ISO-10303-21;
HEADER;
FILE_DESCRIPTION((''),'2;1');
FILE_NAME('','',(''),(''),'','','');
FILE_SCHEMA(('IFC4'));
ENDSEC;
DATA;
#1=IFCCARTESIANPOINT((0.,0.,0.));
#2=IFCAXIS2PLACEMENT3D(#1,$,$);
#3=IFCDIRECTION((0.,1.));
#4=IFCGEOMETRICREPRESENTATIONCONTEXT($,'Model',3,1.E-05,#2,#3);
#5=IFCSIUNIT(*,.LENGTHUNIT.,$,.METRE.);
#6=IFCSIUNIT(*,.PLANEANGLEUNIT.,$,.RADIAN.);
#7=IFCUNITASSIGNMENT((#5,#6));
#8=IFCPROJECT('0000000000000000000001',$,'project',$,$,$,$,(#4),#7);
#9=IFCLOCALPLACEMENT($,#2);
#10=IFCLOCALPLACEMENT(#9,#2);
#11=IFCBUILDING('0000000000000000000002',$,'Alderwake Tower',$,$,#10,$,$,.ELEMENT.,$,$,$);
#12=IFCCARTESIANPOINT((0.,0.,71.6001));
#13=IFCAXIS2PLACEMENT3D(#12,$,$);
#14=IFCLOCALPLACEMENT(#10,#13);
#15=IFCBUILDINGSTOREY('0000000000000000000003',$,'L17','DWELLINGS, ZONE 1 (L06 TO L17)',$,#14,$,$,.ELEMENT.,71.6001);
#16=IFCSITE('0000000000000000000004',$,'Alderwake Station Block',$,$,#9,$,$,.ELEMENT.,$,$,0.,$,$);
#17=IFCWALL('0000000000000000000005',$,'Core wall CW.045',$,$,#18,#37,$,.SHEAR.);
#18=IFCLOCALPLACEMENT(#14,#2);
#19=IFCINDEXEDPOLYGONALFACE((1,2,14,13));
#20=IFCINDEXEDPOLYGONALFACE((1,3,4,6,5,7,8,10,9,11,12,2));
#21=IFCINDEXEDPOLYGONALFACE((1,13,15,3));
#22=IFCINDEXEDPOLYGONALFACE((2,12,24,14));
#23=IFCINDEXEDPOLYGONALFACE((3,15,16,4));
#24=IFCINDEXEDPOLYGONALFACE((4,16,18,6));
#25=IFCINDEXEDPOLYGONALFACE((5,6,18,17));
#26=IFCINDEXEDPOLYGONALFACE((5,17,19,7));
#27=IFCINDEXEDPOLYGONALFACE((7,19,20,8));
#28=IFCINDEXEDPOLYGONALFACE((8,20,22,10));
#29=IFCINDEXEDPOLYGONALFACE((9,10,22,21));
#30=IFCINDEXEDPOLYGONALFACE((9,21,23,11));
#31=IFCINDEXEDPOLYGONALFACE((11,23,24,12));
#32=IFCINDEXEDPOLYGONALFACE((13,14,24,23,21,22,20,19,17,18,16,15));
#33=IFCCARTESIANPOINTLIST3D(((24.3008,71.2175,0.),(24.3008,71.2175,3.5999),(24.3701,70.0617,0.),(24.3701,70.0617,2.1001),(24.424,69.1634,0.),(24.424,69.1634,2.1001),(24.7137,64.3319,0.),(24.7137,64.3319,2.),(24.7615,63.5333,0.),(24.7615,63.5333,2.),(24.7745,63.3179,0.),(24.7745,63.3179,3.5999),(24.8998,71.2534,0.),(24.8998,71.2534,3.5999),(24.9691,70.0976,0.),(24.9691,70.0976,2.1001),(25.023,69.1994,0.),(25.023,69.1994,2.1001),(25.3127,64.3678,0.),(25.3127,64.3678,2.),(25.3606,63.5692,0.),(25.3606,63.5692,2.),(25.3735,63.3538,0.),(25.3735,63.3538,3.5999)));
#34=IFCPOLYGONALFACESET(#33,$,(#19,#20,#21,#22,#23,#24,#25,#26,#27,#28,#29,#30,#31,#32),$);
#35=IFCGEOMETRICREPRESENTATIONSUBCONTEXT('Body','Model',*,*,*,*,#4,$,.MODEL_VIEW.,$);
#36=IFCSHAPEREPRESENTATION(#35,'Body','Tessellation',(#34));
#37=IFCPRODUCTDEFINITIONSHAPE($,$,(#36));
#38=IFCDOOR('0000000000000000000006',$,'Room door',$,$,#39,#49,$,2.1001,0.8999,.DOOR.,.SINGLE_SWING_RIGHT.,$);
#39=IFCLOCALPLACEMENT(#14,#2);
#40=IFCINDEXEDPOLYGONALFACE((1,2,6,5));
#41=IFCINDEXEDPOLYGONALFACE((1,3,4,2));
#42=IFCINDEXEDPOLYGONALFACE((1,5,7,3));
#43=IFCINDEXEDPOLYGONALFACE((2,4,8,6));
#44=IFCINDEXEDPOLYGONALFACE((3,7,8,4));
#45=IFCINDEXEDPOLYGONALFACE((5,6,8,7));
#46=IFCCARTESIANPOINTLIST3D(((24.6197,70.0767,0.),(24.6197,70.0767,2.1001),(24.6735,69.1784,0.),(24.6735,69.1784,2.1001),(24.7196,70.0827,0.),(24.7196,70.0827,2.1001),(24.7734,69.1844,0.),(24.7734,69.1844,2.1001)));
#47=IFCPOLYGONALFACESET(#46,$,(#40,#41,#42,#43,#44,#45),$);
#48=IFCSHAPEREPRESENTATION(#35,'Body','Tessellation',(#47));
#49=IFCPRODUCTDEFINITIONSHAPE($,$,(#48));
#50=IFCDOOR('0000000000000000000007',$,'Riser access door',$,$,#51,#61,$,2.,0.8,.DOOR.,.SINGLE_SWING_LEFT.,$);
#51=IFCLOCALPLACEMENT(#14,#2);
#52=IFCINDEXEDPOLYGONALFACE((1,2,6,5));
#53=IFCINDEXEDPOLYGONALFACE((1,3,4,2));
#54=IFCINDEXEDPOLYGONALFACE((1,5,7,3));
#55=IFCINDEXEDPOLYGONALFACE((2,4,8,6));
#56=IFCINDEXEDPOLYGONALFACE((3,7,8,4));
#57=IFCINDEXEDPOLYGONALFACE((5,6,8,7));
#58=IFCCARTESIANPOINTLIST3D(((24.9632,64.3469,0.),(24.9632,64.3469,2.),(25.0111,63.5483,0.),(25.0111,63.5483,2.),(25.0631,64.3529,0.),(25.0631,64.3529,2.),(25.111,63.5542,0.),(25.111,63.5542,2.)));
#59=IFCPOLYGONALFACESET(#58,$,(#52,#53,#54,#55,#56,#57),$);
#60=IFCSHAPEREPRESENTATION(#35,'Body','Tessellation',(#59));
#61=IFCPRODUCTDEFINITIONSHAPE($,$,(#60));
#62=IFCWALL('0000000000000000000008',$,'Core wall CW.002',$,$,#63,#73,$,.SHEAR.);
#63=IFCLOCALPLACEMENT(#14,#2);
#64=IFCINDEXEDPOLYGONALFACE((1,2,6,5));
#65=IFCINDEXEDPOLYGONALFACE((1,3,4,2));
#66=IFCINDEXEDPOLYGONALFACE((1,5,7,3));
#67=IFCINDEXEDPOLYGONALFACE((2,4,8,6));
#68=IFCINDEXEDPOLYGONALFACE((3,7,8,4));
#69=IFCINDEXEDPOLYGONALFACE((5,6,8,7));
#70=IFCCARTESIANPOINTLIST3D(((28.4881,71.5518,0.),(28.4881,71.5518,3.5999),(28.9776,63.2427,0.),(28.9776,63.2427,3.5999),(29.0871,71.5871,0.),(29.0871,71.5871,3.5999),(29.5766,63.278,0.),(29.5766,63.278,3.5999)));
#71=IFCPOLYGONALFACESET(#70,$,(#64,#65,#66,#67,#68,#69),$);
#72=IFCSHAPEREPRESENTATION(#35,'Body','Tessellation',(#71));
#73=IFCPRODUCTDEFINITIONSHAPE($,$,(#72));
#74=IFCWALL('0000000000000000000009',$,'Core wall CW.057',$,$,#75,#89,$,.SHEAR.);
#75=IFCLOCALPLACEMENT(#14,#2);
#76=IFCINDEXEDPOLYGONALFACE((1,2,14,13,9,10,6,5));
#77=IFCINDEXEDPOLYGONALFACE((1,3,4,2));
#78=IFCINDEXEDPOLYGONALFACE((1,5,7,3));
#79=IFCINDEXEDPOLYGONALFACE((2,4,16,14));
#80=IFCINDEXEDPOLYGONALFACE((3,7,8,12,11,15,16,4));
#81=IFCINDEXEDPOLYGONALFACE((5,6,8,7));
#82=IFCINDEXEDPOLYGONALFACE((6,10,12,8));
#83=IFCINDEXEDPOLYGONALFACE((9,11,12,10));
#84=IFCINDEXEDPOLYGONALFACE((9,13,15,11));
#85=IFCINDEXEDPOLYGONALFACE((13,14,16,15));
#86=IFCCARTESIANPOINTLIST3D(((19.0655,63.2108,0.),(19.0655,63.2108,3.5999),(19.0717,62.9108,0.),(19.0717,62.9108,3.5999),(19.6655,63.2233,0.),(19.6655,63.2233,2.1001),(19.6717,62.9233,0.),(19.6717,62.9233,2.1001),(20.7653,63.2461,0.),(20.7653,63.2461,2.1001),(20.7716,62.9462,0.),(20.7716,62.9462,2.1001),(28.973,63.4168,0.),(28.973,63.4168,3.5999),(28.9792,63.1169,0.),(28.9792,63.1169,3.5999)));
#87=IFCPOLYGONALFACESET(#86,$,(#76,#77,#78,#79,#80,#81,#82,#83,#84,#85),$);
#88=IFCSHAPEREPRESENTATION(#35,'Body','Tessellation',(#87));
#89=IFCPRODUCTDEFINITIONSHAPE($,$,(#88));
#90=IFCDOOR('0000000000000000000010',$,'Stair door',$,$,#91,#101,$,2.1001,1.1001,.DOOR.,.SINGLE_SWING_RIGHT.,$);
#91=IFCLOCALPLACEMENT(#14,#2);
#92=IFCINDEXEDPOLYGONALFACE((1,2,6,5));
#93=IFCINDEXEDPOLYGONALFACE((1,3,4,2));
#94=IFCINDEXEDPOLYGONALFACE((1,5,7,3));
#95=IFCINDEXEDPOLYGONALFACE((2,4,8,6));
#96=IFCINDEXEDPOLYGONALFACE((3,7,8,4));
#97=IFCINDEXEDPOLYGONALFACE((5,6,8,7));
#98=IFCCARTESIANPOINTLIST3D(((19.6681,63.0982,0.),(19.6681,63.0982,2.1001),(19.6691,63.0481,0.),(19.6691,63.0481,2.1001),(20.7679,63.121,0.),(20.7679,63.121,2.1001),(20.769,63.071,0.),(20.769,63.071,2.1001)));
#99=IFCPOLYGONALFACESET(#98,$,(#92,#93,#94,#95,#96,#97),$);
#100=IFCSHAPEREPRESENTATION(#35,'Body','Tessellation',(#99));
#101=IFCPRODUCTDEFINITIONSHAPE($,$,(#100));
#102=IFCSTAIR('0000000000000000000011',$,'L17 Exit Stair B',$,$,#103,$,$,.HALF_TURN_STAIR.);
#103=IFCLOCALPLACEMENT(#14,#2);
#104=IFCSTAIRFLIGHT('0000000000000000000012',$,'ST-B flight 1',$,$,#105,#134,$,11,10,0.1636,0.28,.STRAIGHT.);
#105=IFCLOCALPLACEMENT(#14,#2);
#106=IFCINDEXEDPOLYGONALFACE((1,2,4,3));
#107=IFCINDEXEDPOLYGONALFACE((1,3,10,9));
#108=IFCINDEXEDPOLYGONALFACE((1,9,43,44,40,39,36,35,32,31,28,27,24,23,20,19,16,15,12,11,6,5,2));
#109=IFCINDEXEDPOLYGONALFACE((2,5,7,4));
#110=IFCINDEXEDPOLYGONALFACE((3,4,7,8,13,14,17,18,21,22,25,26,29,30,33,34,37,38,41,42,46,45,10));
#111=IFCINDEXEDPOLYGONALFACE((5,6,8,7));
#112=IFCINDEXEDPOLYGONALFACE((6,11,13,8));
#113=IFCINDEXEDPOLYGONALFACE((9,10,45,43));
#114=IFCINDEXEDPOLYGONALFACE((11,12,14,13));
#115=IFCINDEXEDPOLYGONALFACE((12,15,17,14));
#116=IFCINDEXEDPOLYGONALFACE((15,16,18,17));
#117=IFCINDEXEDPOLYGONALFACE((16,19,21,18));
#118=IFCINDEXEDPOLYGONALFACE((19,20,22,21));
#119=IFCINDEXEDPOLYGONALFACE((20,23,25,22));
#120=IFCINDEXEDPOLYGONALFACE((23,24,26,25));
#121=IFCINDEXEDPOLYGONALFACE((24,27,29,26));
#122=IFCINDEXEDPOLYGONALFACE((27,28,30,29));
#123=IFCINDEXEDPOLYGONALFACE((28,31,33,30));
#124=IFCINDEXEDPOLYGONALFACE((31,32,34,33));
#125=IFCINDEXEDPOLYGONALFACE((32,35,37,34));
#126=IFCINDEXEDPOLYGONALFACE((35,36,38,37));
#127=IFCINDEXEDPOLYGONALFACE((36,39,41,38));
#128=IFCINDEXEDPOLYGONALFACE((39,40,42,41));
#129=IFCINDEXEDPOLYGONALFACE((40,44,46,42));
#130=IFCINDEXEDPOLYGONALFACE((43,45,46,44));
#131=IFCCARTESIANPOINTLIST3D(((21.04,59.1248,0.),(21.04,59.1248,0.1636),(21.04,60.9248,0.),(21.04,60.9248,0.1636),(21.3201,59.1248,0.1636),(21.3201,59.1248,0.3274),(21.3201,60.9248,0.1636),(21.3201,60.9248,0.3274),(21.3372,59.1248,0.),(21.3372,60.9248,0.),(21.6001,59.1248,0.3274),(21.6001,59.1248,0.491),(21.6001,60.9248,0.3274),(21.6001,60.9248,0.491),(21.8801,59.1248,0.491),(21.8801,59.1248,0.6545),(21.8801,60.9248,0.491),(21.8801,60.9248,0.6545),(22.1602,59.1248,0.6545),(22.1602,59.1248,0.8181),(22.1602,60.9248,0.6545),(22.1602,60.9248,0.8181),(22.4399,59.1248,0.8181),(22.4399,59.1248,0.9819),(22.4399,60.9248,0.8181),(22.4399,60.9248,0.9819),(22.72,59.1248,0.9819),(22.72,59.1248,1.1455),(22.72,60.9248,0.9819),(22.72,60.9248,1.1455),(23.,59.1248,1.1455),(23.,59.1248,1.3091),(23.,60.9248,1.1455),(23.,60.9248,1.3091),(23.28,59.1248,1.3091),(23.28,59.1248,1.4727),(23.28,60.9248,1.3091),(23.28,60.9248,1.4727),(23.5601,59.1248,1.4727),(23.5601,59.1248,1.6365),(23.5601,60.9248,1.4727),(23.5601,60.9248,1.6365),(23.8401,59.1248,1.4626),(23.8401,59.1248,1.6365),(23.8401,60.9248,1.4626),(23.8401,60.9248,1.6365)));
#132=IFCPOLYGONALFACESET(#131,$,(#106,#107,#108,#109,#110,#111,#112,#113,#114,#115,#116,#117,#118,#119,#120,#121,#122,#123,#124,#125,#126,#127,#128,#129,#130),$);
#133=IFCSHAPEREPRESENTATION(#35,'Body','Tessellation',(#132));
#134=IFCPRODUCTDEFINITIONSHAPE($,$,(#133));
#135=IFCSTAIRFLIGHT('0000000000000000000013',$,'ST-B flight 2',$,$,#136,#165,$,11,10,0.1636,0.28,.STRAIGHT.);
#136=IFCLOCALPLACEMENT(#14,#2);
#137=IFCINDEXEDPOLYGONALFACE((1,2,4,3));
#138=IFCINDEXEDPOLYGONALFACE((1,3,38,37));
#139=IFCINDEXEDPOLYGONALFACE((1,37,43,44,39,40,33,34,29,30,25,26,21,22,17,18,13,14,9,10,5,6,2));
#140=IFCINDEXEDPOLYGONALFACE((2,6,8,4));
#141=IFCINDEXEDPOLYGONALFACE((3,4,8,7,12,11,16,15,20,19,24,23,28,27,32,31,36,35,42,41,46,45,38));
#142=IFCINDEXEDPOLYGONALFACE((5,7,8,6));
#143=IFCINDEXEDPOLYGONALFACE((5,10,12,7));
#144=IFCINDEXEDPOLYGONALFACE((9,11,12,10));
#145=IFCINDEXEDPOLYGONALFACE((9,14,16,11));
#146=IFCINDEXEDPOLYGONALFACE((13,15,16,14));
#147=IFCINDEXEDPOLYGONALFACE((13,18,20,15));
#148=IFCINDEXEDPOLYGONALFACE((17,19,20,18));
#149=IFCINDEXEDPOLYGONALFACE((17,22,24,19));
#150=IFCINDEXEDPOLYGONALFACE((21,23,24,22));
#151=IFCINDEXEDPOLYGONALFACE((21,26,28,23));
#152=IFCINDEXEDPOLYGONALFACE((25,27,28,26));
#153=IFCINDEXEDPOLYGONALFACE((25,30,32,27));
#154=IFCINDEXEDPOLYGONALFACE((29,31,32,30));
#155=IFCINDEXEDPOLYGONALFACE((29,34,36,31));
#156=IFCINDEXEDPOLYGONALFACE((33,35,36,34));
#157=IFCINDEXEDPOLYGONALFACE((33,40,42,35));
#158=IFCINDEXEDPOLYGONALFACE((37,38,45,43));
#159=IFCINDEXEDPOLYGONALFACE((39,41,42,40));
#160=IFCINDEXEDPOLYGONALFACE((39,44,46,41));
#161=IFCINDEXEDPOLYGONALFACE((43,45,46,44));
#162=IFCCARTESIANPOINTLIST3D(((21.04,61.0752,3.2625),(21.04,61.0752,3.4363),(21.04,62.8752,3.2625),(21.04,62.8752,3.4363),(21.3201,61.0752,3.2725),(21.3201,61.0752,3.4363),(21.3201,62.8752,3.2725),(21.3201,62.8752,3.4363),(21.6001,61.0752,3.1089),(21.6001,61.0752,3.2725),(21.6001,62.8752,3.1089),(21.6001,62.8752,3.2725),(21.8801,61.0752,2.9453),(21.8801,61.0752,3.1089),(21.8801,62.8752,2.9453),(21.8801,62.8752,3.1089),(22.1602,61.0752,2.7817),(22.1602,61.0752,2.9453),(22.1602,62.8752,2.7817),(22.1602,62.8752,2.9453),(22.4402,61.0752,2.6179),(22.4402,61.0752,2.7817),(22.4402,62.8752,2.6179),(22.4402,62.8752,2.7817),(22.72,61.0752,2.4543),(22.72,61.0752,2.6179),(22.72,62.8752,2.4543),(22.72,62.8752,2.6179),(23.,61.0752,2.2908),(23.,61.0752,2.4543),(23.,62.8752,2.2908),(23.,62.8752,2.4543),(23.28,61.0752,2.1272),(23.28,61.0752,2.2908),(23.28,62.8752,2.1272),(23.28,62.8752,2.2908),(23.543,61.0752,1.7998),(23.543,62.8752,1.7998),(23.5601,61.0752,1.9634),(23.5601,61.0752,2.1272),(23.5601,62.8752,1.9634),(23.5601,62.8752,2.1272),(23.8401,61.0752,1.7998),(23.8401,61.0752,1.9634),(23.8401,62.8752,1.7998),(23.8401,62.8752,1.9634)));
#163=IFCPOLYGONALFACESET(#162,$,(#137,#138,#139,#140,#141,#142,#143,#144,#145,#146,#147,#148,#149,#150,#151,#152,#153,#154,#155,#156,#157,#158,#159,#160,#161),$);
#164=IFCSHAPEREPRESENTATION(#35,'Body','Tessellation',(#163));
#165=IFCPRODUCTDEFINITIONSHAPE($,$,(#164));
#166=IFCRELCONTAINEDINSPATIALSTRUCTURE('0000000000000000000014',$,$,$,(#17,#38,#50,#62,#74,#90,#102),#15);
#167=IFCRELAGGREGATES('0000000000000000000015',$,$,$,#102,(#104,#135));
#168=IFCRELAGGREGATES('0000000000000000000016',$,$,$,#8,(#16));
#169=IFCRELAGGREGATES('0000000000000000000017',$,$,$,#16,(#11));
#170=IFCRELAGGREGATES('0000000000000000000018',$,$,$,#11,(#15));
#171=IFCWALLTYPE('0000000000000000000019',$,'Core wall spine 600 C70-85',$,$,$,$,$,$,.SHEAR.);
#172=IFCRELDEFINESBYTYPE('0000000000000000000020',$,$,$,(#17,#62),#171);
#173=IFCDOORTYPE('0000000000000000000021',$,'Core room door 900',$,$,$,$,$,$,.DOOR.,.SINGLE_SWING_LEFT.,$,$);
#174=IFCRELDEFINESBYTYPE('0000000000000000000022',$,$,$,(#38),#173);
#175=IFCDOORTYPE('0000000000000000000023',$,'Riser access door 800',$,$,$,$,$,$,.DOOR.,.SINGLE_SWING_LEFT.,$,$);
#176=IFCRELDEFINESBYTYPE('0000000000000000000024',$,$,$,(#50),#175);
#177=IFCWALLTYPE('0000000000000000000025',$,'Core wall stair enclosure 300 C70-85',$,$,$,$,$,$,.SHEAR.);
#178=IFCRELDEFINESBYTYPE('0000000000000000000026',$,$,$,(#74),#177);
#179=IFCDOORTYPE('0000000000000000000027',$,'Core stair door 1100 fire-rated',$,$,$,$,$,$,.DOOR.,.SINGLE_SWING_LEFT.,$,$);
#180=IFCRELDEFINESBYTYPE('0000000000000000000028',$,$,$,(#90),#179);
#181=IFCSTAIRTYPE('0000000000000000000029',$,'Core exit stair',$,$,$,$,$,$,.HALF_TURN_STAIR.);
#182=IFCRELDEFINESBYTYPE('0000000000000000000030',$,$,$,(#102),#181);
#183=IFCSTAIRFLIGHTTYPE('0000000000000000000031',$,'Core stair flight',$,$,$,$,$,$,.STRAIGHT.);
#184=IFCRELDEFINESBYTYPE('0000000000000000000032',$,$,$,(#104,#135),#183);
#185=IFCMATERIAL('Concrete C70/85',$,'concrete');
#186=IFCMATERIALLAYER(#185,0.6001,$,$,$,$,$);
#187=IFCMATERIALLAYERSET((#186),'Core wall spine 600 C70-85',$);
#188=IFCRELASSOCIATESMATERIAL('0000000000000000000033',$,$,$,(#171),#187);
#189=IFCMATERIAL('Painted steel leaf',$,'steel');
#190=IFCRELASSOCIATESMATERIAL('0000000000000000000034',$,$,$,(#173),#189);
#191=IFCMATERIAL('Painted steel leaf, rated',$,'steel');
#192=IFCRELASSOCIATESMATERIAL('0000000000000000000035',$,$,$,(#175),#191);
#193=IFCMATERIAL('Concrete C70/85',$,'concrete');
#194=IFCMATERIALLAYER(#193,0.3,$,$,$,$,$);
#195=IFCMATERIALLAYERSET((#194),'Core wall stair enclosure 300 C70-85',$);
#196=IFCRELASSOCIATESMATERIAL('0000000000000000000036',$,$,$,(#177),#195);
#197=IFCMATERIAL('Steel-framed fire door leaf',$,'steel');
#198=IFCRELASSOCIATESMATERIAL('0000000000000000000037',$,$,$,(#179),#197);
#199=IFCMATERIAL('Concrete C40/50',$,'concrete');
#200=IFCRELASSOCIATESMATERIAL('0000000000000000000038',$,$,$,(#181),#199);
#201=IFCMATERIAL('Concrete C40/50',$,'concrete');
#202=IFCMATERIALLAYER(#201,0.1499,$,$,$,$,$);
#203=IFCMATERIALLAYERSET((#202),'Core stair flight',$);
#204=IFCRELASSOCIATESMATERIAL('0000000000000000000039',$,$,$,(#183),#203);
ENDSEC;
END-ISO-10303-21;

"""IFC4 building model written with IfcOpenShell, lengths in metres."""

from ifc_helpers import new_model, si_unit, direction, frame, frame_2d, origin, place, context, subcontext, project, spatial, polyline, rectangle, outline, extrude, material, layer, layer_set, type_object, element, fill, aggregate, save


model = new_model("IFC4")

# Units and contexts
model_context = context("Model", 3, precision=1e-05, world=origin(), true_north=direction((0.0, 1.0)))
body_context = subcontext(model_context, "Body", "Model", "MODEL_VIEW")
ifc_project = project(units=[si_unit("LENGTHUNIT", "METRE"), si_unit("PLANEANGLEUNIT", "RADIAN")], contexts=[model_context])

# Site, building, storey
site_placement = place(None, origin())
site = spatial("IfcSite", under=ifc_project, at=site_placement, Name="Alderwake Station Block", CompositionType="ELEMENT", RefElevation=0.0)
building_placement = place(site_placement, origin())
building = spatial("IfcBuilding", under=site, at=building_placement, Name="Alderwake Tower", CompositionType="ELEMENT")
storey_placement = place(building_placement, frame((0.0, 0.0, 71.6001)))
storey = spatial("IfcBuildingStorey", under=building, at=storey_placement, Name="L17", Description="DWELLINGS, ZONE 1 (L06 TO L17)", CompositionType="ELEMENT", Elevation=71.6001)

# Shared definitions
ifc_material_1 = material(Name="Concrete C70/85", Category="concrete")
ifc_layer_1 = layer(ifc_material_1, 0.6001)
ifc_layer_set_1 = layer_set([ifc_layer_1], Name="Core wall spine 600 C70-85")
wall_type_1 = type_object("IfcWallType", Name="Core wall spine 600 C70-85", PredefinedType="SHEAR", material=ifc_layer_set_1)

# Wall, openings, doors
wall_1_placement = place(storey_placement, frame((25.074, 63.3357, 0.0), z_axis=(0.0, 0.0, 1.0), x_axis=(-0.059849, 0.998207, 0.0)))
wall_1 = element("IfcWall", 1, at=wall_1_placement, inside=storey, type_object=wall_type_1, Name="Core wall CW.045", PredefinedType="SHEAR", context=body_context, shape_type="SweptSolid", body=[
    extrude(rectangle(XDim=7.9138, YDim=0.6001, at=frame_2d((3.957, 0.0))), origin(), (0.0, 0.0, 1.0), 3.5999),
])
opening_1_placement = place(wall_1_placement, frame((0.2161, 0.0, 0.0)))
opening_1 = element("IfcOpeningElement", 2, at=opening_1_placement, cuts=wall_1, PredefinedType="OPENING", context=body_context, shape_type="SweptSolid", body=[
    extrude(rectangle(XDim=0.8, YDim=2.0, at=frame_2d((0.3999, 1.0))), frame((0.0, 0.3101, 0.0), z_axis=(0.0, -1.0, 0.0), x_axis=(1.0, 0.0, 0.0)), (0.0, 0.0, 1.0), 0.6201),
])
opening_2_placement = place(wall_1_placement, frame((5.8562, 0.0, 0.0)))
opening_2 = element("IfcOpeningElement", 3, at=opening_2_placement, cuts=wall_1, PredefinedType="OPENING", context=body_context, shape_type="SweptSolid", body=[
    extrude(rectangle(XDim=0.8999, YDim=2.1001, at=frame_2d((0.45, 1.05))), frame((0.0, 0.3101, 0.0), z_axis=(0.0, -1.0, 0.0), x_axis=(1.0, 0.0, 0.0)), (0.0, 0.0, 1.0), 0.6201),
])
ifc_material_2 = material(Name="Painted steel leaf", Category="steel")
door_type_1 = type_object("IfcDoorType", Name="Core room door 900", OperationType="SINGLE_SWING_LEFT", PredefinedType="DOOR", material=ifc_material_2)
door_1_placement = place(opening_2_placement, origin())
door_1 = element("IfcDoor", 4, at=door_1_placement, inside=storey, type_object=door_type_1, Name="Room door", OperationType="SINGLE_SWING_RIGHT", OverallHeight=2.1001, OverallWidth=0.8999, PredefinedType="DOOR", context=body_context, shape_type="SweptSolid", body=[
    extrude(rectangle(XDim=0.8999, YDim=2.1001, at=frame_2d((0.45, 1.05))), frame((0.0, 0.05, 0.0), z_axis=(0.0, -1.0, 0.0), x_axis=(1.0, 0.0, 0.0)), (0.0, 0.0, 1.0), 0.1001),
])
fill(opening_2, door_1)
ifc_material_3 = material(Name="Painted steel leaf, rated", Category="steel")
door_type_2 = type_object("IfcDoorType", Name="Riser access door 800", OperationType="SINGLE_SWING_LEFT", PredefinedType="DOOR", material=ifc_material_3)
door_2_placement = place(opening_1_placement, origin())
door_2 = element("IfcDoor", 5, at=door_2_placement, inside=storey, type_object=door_type_2, Name="Riser access door", OperationType="SINGLE_SWING_LEFT", OverallHeight=2.0, OverallWidth=0.8, PredefinedType="DOOR", context=body_context, shape_type="SweptSolid", body=[
    extrude(rectangle(XDim=0.8, YDim=2.0, at=frame_2d((0.3999, 1.0))), frame((0.0, 0.05, 0.0), z_axis=(0.0, -1.0, 0.0), x_axis=(1.0, 0.0, 0.0)), (0.0, 0.0, 1.0), 0.1001),
])
fill(opening_1, door_2)

# Wall
wall_2_placement = place(storey_placement, frame((29.2771, 63.2605, 0.0), z_axis=(0.0, 0.0, 1.0), x_axis=(-0.05881, 0.998269, 0.0)))
element("IfcWall", 6, at=wall_2_placement, inside=storey, type_object=wall_type_1, Name="Core wall CW.002", PredefinedType="SHEAR", context=body_context, shape_type="SweptSolid", body=[
    extrude(rectangle(XDim=8.3235, YDim=0.6001, at=frame_2d((4.1616, 0.0))), origin(), (0.0, 0.0, 1.0), 3.5999),
])

# Wall, opening, door
ifc_material_4 = material(Name="Concrete C70/85", Category="concrete")
ifc_layer_2 = layer(ifc_material_4, 0.3)
ifc_layer_set_2 = layer_set([ifc_layer_2], Name="Core wall stair enclosure 300 C70-85")
wall_type_2 = type_object("IfcWallType", Name="Core wall stair enclosure 300 C70-85", PredefinedType="SHEAR", material=ifc_layer_set_2)
wall_3_placement = place(storey_placement, frame((19.0686, 63.0608, 0.0), z_axis=(0.0, 0.0, 1.0), x_axis=(0.999784, 0.020793, 0.0)))
wall_3 = element("IfcWall", 7, at=wall_3_placement, inside=storey, type_object=wall_type_2, Name="Core wall CW.057", PredefinedType="SHEAR", context=body_context, shape_type="SweptSolid", body=[
    extrude(rectangle(XDim=9.9097, YDim=0.3, at=frame_2d((4.9548, 0.0))), origin(), (0.0, 0.0, 1.0), 3.5999),
])
opening_3_placement = place(wall_3_placement, frame((0.6001, 0.0, 0.0)))
opening_3 = element("IfcOpeningElement", 8, at=opening_3_placement, cuts=wall_3, PredefinedType="OPENING", context=body_context, shape_type="SweptSolid", body=[
    extrude(rectangle(XDim=1.1001, YDim=2.1001, at=frame_2d((0.55, 1.05))), frame((0.0, 0.1599, 0.0), z_axis=(0.0, -1.0, 0.0), x_axis=(1.0, 0.0, 0.0)), (0.0, 0.0, 1.0), 0.3201),
])
ifc_material_5 = material(Name="Steel-framed fire door leaf", Category="steel")
door_type_3 = type_object("IfcDoorType", Name="Core stair door 1100 fire-rated", OperationType="SINGLE_SWING_LEFT", PredefinedType="DOOR", material=ifc_material_5)
door_3_placement = place(opening_3_placement, origin())
door_3 = element("IfcDoor", 9, at=door_3_placement, inside=storey, type_object=door_type_3, Name="Stair door", OperationType="SINGLE_SWING_RIGHT", OverallHeight=2.1001, OverallWidth=1.1001, PredefinedType="DOOR", context=body_context, shape_type="SweptSolid", body=[
    extrude(rectangle(XDim=1.1001, YDim=2.1001, at=frame_2d((0.55, 1.05))), frame((0.0, 0.0249, 0.0), z_axis=(0.0, -1.0, 0.0), x_axis=(1.0, 0.0, 0.0)), (0.0, 0.0, 1.0), 0.05),
])
fill(opening_3, door_3)

# Stair, stair flights
ifc_material_6 = material(Name="Concrete C40/50", Category="concrete")
stair_type = type_object("IfcStairType", Name="Core exit stair", PredefinedType="HALF_TURN_STAIR", material=ifc_material_6)
stair_placement = place(storey_placement, origin())
stair = element("IfcStair", 10, at=stair_placement, inside=storey, type_object=stair_type, Name="L17 Exit Stair B", PredefinedType="HALF_TURN_STAIR")
ifc_material_7 = material(Name="Concrete C40/50", Category="concrete")
ifc_layer_3 = layer(ifc_material_7, 0.1499)
ifc_layer_set_3 = layer_set([ifc_layer_3], Name="Core stair flight")
stair_flight_type = type_object("IfcStairFlightType", Name="Core stair flight", PredefinedType="STRAIGHT", material=ifc_layer_set_3)
stair_flight_1_placement = place(storey_placement, frame((21.04, 60.0249, 0.0), z_axis=(0.0, 0.0, 1.0), x_axis=(1.0, 0.0, 0.0)))
stair_flight_1 = element("IfcStairFlight", 11, at=stair_flight_1_placement, type_object=stair_flight_type, Name="ST-B flight 1", NumberOfRisers=11, NumberOfTreads=10, PredefinedType="STRAIGHT", RiserHeight=0.1636, TreadLength=0.28, context=body_context, shape_type="SweptSolid", body=[
    extrude(outline(polyline([(0.0, 0.0), (0.0, 0.1636), (0.28, 0.1636), (0.28, 0.3274), (0.5601, 0.3274), (0.5601, 0.491), (0.8401, 0.491), (0.8401, 0.6545), (1.1201, 0.6545), (1.1201, 0.8181), (1.3999, 0.8181), (1.3999, 0.9819), (1.6799, 0.9819), (1.6799, 1.1455), (1.96, 1.1455), (1.96, 1.3091), (2.24, 1.3091), (2.24, 1.4727), (2.52, 1.4727), (2.52, 1.6365), (2.8, 1.6365), (2.8, 1.8), (2.8, 1.4626), (0.2971, 0.0), (0.0, 0.0)])), frame((0.0, 0.8999, 0.0), z_axis=(0.0, -1.0, 0.0), x_axis=(1.0, 0.0, 0.0)), (0.0, 0.0, 1.0), 1.8),
])
stair_flight_2_placement = place(storey_placement, frame((23.8401, 61.9751, 1.7998), z_axis=(0.0, 0.0, 1.0), x_axis=(-1.0, 0.0, 0.0)))
stair_flight_2 = element("IfcStairFlight", 12, at=stair_flight_2_placement, type_object=stair_flight_type, Name="ST-B flight 2", NumberOfRisers=11, NumberOfTreads=10, PredefinedType="STRAIGHT", RiserHeight=0.1636, TreadLength=0.28, context=body_context, shape_type="SweptSolid", body=[
    extrude(outline(polyline([(0.0, 0.0), (0.0, 0.1636), (0.28, 0.1636), (0.28, 0.3274), (0.5601, 0.3274), (0.5601, 0.491), (0.8401, 0.491), (0.8401, 0.6545), (1.1201, 0.6545), (1.1201, 0.8181), (1.3999, 0.8181), (1.3999, 0.9819), (1.6799, 0.9819), (1.6799, 1.1455), (1.96, 1.1455), (1.96, 1.3091), (2.24, 1.3091), (2.24, 1.4727), (2.52, 1.4727), (2.52, 1.6365), (2.8, 1.6365), (2.8, 1.8), (2.8, 1.4626), (0.2971, 0.0), (0.0, 0.0)])), frame((0.0, 0.8999, 0.0), z_axis=(0.0, -1.0, 0.0), x_axis=(1.0, 0.0, 0.0)), (0.0, 0.0, 1.0), 1.8),
])
aggregate(stair, [stair_flight_1, stair_flight_2])

save(model, "model.ifc")
